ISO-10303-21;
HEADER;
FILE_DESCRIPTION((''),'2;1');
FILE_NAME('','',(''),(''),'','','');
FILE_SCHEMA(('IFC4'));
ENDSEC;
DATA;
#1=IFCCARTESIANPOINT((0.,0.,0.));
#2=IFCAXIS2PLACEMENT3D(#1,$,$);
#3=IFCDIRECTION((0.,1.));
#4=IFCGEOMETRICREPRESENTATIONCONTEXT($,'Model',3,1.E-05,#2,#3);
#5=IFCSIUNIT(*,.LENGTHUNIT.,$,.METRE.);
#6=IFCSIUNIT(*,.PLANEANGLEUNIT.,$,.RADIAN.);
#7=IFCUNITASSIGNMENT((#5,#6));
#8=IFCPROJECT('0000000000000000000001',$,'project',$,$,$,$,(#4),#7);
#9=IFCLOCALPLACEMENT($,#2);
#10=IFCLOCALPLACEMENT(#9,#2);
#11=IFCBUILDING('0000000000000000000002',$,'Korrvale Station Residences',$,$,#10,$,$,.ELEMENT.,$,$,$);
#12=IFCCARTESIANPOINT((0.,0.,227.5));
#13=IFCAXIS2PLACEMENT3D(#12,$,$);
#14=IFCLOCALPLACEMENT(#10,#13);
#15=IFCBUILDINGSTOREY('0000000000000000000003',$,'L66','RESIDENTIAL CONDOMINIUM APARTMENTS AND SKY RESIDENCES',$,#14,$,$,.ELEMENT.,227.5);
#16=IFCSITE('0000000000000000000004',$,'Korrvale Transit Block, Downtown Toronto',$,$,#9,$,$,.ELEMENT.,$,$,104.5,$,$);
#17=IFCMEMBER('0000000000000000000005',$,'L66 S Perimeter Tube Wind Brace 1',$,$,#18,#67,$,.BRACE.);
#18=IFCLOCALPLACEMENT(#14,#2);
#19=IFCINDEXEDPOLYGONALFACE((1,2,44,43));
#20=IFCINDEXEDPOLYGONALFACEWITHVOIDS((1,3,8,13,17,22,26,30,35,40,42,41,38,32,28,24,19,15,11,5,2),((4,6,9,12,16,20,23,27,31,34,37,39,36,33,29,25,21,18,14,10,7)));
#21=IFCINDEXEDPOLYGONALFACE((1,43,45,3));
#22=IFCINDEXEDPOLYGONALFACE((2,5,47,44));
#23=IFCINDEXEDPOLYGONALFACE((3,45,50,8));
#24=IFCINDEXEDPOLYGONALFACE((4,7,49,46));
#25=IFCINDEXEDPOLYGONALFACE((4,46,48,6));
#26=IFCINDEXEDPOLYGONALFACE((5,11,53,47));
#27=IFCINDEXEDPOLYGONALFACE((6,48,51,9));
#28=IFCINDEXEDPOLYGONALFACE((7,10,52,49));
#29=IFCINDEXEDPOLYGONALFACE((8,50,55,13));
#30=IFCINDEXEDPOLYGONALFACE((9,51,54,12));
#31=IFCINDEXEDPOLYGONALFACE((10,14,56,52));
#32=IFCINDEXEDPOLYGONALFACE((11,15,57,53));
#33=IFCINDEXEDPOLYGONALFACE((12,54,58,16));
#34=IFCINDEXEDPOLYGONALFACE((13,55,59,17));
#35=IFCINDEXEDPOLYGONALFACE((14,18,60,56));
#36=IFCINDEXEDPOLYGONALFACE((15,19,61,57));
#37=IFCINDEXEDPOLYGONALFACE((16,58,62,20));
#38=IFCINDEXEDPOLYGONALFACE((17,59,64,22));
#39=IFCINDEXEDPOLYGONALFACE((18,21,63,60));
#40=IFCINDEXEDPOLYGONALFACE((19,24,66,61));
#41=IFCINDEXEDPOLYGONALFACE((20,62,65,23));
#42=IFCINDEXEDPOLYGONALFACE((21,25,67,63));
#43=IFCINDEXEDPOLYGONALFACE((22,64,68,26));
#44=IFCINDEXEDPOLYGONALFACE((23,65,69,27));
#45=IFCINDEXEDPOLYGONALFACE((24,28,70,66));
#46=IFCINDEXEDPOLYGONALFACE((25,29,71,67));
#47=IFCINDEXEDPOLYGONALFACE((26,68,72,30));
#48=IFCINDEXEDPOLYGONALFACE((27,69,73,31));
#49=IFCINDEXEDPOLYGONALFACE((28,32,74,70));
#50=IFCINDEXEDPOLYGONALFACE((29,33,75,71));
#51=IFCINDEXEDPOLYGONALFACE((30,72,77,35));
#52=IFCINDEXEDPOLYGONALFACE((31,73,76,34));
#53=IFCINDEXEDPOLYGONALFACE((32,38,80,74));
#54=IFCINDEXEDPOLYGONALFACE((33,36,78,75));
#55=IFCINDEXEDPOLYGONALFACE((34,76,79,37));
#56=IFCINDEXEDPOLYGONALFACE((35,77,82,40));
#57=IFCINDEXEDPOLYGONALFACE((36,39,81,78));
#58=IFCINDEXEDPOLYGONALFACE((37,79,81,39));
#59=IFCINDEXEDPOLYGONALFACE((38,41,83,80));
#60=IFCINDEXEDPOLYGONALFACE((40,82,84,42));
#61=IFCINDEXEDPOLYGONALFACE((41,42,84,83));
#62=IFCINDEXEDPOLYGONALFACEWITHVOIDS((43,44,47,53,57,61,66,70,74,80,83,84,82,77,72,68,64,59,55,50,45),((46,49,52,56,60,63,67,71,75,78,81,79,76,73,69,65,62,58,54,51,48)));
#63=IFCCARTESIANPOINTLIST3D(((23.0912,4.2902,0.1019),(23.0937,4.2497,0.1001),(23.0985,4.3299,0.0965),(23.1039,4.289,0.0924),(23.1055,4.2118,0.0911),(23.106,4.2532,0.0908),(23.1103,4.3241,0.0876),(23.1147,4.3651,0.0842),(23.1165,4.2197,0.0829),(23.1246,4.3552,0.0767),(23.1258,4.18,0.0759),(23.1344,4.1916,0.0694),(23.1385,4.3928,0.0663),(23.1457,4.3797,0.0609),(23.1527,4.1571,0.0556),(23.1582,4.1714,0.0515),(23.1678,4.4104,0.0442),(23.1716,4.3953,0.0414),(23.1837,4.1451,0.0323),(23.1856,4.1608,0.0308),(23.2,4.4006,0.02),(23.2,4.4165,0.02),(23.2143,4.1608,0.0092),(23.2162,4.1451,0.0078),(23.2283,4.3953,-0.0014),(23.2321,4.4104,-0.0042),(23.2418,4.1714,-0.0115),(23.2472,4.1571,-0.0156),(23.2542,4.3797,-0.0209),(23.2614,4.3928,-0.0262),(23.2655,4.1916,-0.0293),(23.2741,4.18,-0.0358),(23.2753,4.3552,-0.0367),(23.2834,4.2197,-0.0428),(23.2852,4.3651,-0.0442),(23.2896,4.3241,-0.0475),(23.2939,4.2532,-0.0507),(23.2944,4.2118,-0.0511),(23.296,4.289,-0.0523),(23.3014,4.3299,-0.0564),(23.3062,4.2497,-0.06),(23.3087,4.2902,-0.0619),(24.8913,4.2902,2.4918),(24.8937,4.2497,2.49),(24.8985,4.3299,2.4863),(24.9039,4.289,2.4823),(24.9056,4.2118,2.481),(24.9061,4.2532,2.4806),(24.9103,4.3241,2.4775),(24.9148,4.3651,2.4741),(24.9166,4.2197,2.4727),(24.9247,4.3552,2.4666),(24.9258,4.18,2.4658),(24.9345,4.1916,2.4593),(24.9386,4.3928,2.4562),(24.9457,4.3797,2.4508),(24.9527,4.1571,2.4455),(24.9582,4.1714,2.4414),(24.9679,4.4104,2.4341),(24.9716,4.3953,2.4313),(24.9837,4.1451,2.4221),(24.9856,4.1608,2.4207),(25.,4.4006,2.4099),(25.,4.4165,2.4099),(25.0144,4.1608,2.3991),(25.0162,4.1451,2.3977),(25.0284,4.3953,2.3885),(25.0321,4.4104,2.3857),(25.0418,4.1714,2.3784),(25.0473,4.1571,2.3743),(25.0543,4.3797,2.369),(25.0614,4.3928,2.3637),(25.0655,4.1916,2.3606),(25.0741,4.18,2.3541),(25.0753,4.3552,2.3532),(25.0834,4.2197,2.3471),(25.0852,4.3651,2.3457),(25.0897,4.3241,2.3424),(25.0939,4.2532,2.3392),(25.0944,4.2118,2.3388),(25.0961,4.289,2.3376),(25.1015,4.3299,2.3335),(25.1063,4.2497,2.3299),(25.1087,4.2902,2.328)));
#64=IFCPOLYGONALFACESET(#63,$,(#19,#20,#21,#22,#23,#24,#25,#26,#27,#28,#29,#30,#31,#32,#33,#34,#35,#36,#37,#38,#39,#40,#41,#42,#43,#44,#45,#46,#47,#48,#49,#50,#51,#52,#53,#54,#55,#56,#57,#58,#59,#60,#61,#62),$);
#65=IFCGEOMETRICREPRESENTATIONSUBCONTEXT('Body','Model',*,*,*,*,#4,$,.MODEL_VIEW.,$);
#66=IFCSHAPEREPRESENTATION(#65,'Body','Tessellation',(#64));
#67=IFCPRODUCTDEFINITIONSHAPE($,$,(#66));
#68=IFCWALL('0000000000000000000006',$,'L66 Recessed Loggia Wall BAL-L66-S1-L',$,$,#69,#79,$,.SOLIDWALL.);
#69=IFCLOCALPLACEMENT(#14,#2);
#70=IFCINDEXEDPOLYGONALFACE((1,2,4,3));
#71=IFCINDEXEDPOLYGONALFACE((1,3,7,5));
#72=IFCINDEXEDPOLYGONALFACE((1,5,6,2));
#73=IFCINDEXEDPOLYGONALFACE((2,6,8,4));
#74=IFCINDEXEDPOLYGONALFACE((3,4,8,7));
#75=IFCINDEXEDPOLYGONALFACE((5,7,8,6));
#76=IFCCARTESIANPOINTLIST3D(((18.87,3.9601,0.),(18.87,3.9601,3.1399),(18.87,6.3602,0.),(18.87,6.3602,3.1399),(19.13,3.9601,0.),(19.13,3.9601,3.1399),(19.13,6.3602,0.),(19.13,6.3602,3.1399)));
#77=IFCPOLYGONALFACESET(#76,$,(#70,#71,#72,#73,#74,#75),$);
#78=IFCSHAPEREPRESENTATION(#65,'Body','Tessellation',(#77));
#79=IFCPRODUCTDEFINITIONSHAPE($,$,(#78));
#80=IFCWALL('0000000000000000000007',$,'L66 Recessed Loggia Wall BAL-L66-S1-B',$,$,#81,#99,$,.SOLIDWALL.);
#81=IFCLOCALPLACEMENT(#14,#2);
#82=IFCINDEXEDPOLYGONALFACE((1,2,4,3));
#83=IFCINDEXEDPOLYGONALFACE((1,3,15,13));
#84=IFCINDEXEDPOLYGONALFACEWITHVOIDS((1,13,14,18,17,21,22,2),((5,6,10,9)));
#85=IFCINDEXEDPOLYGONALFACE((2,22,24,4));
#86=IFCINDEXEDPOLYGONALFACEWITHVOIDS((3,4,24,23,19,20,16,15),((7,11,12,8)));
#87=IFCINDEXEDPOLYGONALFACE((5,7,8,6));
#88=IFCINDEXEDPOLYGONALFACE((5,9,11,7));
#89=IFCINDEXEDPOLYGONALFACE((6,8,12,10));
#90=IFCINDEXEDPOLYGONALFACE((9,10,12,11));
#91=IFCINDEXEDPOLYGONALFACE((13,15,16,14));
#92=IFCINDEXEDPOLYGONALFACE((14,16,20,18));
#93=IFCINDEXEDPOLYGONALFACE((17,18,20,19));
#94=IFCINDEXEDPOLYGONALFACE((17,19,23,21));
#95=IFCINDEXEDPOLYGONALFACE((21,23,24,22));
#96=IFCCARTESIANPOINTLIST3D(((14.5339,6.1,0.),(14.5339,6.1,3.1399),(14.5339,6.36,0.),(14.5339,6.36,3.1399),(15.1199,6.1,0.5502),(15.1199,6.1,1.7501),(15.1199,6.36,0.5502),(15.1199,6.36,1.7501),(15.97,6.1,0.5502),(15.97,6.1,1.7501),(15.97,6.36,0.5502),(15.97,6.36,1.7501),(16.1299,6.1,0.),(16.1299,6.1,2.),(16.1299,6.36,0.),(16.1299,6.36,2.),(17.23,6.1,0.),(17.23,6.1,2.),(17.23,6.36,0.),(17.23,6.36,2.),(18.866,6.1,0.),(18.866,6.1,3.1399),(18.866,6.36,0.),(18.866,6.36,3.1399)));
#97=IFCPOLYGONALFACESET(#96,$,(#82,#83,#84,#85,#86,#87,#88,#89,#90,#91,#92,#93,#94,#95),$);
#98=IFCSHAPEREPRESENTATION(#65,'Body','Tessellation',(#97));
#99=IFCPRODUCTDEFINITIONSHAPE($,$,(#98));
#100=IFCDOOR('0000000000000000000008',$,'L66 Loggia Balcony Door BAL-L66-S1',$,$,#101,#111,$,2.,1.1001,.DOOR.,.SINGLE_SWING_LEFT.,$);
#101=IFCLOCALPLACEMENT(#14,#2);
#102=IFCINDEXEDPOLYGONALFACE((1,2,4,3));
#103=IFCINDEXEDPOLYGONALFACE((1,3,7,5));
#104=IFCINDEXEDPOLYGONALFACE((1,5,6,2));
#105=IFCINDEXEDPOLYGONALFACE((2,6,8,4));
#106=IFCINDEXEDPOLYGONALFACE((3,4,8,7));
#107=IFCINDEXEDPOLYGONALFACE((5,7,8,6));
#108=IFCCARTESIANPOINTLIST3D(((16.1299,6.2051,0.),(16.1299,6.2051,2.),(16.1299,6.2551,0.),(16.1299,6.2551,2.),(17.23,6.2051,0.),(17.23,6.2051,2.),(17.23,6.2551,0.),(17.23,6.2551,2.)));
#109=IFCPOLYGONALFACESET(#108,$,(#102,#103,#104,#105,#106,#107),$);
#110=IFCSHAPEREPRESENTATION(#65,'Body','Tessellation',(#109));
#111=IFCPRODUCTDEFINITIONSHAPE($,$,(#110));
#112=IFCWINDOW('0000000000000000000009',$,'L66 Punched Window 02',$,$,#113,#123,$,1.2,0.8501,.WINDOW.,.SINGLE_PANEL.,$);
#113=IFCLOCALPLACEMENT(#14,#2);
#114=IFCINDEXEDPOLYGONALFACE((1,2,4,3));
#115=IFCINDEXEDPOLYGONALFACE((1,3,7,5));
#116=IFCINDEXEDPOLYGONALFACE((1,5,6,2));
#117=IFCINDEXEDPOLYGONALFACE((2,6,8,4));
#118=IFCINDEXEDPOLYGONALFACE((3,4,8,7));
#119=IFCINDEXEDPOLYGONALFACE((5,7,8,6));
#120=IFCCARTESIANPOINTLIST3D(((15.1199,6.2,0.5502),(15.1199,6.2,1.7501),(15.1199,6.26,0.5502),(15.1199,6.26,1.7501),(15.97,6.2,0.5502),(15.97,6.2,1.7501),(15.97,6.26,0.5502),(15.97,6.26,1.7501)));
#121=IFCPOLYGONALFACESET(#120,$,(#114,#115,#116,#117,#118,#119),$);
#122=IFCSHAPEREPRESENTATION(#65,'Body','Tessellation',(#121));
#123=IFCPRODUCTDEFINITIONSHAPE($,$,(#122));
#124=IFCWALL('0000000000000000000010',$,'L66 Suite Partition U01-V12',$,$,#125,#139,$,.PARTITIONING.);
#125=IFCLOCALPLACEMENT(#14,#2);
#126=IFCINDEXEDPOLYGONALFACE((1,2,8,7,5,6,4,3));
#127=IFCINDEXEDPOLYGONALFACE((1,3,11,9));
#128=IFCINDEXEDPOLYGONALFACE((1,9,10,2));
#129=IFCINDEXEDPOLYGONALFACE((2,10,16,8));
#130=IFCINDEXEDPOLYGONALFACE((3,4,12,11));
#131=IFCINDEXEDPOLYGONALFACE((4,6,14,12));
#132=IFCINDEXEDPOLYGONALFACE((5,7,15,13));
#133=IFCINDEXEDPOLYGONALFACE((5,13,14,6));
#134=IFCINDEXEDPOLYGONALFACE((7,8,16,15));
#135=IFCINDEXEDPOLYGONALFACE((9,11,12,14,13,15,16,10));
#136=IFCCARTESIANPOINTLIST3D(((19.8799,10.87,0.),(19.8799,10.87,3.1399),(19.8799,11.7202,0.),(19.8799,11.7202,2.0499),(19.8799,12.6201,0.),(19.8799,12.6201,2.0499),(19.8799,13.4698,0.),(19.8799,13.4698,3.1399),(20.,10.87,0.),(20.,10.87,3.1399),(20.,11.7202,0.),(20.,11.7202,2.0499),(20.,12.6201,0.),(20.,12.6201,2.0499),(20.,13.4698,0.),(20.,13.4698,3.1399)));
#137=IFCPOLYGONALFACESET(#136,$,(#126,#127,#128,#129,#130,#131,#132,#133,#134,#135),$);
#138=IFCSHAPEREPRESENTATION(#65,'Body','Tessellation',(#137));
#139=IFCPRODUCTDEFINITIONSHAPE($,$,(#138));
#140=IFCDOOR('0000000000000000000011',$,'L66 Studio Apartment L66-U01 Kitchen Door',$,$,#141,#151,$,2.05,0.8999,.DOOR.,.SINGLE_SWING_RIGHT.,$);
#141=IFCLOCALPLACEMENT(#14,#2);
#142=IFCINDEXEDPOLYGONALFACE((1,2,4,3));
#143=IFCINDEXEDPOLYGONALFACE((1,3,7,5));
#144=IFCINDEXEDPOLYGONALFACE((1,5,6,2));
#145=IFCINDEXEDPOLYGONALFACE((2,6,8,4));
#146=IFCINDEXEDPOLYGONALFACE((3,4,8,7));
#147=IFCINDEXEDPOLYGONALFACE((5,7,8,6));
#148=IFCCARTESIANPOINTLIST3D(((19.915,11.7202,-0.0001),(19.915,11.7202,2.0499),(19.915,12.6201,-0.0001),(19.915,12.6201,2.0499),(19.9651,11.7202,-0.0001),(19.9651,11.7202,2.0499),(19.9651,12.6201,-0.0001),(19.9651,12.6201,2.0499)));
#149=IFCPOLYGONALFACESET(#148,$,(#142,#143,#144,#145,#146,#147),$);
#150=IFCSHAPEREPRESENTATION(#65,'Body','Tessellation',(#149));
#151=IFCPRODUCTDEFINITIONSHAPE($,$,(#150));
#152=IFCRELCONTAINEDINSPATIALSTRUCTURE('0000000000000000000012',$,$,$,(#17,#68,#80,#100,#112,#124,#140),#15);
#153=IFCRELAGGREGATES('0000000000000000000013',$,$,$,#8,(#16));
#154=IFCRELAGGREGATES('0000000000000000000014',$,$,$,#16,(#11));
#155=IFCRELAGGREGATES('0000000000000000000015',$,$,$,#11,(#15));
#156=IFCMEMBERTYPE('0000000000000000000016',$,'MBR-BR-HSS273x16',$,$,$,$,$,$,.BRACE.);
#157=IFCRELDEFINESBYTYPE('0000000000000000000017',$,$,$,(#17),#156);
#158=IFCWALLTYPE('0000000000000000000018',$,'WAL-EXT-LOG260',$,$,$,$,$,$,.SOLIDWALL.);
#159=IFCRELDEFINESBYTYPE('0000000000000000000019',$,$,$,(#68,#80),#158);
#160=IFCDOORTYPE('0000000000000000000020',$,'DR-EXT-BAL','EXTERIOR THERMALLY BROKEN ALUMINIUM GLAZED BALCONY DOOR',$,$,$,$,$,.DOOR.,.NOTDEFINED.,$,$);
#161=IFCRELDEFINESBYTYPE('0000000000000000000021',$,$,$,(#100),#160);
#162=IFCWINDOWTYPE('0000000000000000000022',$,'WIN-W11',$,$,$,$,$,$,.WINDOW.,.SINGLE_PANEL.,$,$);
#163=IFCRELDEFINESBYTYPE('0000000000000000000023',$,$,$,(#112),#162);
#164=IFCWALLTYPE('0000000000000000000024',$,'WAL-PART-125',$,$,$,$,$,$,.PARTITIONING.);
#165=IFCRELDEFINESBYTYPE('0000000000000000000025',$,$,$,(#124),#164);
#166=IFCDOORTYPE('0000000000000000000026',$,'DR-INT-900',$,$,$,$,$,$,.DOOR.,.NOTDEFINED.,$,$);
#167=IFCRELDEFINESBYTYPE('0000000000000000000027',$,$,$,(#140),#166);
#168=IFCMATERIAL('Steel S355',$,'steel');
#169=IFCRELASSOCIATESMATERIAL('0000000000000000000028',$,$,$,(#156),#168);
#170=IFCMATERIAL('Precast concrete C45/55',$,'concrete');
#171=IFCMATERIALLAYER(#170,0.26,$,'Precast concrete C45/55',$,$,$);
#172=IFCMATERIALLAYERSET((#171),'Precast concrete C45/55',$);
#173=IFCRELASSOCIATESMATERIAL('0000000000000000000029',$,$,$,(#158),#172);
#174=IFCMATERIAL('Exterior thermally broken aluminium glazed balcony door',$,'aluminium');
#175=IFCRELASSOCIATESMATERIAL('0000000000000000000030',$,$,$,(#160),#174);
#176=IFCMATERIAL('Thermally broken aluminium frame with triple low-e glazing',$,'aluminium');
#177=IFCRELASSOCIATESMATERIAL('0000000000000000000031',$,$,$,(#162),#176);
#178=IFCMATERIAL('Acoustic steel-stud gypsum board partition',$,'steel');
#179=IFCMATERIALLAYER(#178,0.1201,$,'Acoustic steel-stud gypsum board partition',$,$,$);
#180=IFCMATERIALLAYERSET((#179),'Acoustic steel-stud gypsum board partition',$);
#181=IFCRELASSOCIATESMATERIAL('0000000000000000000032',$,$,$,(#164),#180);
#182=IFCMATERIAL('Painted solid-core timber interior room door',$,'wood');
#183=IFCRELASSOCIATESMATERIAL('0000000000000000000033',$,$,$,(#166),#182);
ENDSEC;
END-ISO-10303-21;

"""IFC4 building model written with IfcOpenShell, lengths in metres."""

from ifc_helpers import new_model, si_unit, direction, frame, frame_2d, origin, origin_2d, place, context, subcontext, project, spatial, rectangle, hollow_circle, extrude, material, layer, layer_set, material_profile, profile_set, type_object, element, fill, save


model = new_model("IFC4")

# Units and contexts
model_context = context("Model", 3, precision=1e-05, world=origin(), true_north=direction((0.0, 1.0)))
body_context = subcontext(model_context, "Body", "Model", "MODEL_VIEW")
ifc_project = project(units=[si_unit("LENGTHUNIT", "METRE"), si_unit("PLANEANGLEUNIT", "RADIAN")], contexts=[model_context])

# Site, building, storey
site_placement = place(None, origin())
site = spatial("IfcSite", under=ifc_project, at=site_placement, Name="Korrvale Transit Block, Downtown Toronto", CompositionType="ELEMENT", RefElevation=104.5)
building_placement = place(site_placement, origin())
building = spatial("IfcBuilding", under=site, at=building_placement, Name="Korrvale Station Residences", CompositionType="ELEMENT")
storey_placement = place(building_placement, frame((0.0, 0.0, 227.5)))
storey = spatial("IfcBuildingStorey", under=building, at=storey_placement, Name="L66", Description="RESIDENTIAL CONDOMINIUM APARTMENTS AND SKY RESIDENCES", CompositionType="ELEMENT", Elevation=227.5)

# Shared definitions
ifc_material_1 = material(Name="Steel S355", Category="steel")

# Member
ifc_material_profile_1 = material_profile(ifc_material_1, hollow_circle(Radius=0.1365, WallThickness=0.0159, at=origin_2d()), Name="HSS273x16")
ifc_profile_set_1 = profile_set([ifc_material_profile_1], Name="Steel S355")
member_type = type_object("IfcMemberType", Name="MBR-BR-HSS273x16", PredefinedType="BRACE", material=ifc_profile_set_1)
member_placement = place(storey_placement, frame((23.2, 4.28, 0.02), z_axis=(0.601631, 0.0, 0.798774), x_axis=(0.0, 1.0, 0.0)))
element("IfcMember", 1, at=member_placement, inside=storey, type_object=member_type, Name="L66 S Perimeter Tube Wind Brace 1", PredefinedType="BRACE", context=body_context, shape_type="SweptSolid", body=[
    extrude(hollow_circle(Radius=0.1365, WallThickness=0.0159, at=origin_2d()), origin(), (0.0, 0.0, 1.0), 2.9919),
])

# Wall
ifc_material_2 = material(Name="Precast concrete C45/55", Category="concrete")
ifc_layer_1 = layer(ifc_material_2, 0.26, Name="Precast concrete C45/55")
ifc_layer_set_1 = layer_set([ifc_layer_1], Name="Precast concrete C45/55")
wall_type_1 = type_object("IfcWallType", Name="WAL-EXT-LOG260", PredefinedType="SOLIDWALL", material=ifc_layer_set_1)
wall_1_placement = place(storey_placement, frame((19.0, 3.96, 0.0), z_axis=(0.0, 0.0, 1.0), x_axis=(0.0, 1.0, 0.0)))
element("IfcWall", 2, at=wall_1_placement, inside=storey, type_object=wall_type_1, Name="L66 Recessed Loggia Wall BAL-L66-S1-L", PredefinedType="SOLIDWALL", context=body_context, shape_type="SweptSolid", body=[
    extrude(rectangle(XDim=2.4001, YDim=0.26, at=frame_2d((1.2002, 0.0))), origin(), (0.0, 0.0, 1.0), 3.1399),
])

# Wall, openings, door, window
wall_2_placement = place(storey_placement, frame((18.866, 6.23, 0.0), z_axis=(0.0, 0.0, 1.0), x_axis=(-1.0, 0.0, 0.0)))
wall_2 = element("IfcWall", 3, at=wall_2_placement, inside=storey, type_object=wall_type_1, Name="L66 Recessed Loggia Wall BAL-L66-S1-B", PredefinedType="SOLIDWALL", context=body_context, shape_type="SweptSolid", body=[
    extrude(rectangle(XDim=4.332, YDim=0.26, at=frame_2d((2.166, 0.0))), origin(), (0.0, 0.0, 1.0), 3.1399),
])
opening_1_placement = place(wall_2_placement, frame((1.636, 0.0, 0.0)))
opening_1 = element("IfcOpeningElement", 4, at=opening_1_placement, cuts=wall_2, PredefinedType="OPENING", context=body_context, shape_type="SweptSolid", body=[
    extrude(rectangle(XDim=1.1001, YDim=2.0, at=frame_2d((0.55, 1.0))), frame((0.0, 0.1401, 0.0), z_axis=(0.0, -1.0, 0.0), x_axis=(1.0, 0.0, 0.0)), (0.0, 0.0, 1.0), 0.28),
])
opening_2_placement = place(wall_2_placement, frame((2.896, 0.0, 0.55)))
opening_2 = element("IfcOpeningElement", 5, at=opening_2_placement, cuts=wall_2, PredefinedType="OPENING", context=body_context, shape_type="SweptSolid", body=[
    extrude(rectangle(XDim=0.8501, YDim=1.2, at=frame_2d((0.425, 0.6001))), frame((0.0, 0.1401, 0.0), z_axis=(0.0, -1.0, 0.0), x_axis=(1.0, 0.0, 0.0)), (0.0, 0.0, 1.0), 0.28),
])
ifc_material_3 = material(Name="Exterior thermally broken aluminium glazed balcony door", Category="aluminium")
door_type_1 = type_object("IfcDoorType", Name="DR-EXT-BAL", Description="EXTERIOR THERMALLY BROKEN ALUMINIUM GLAZED BALCONY DOOR", OperationType="NOTDEFINED", PredefinedType="DOOR", material=ifc_material_3)
door_1_placement = place(opening_1_placement, origin())
door_1 = element("IfcDoor", 6, at=door_1_placement, inside=storey, type_object=door_type_1, Name="L66 Loggia Balcony Door BAL-L66-S1", OperationType="SINGLE_SWING_LEFT", OverallHeight=2.0, OverallWidth=1.1001, PredefinedType="DOOR", context=body_context, shape_type="SweptSolid", body=[
    extrude(rectangle(XDim=1.1001, YDim=2.0, at=frame_2d((0.55, 1.0))), frame((0.0, 0.0249, 0.0), z_axis=(0.0, -1.0, 0.0), x_axis=(1.0, 0.0, 0.0)), (0.0, 0.0, 1.0), 0.05),
])
fill(opening_1, door_1)
ifc_material_4 = material(Name="Thermally broken aluminium frame with triple low-e glazing", Category="aluminium")
window_type = type_object("IfcWindowType", Name="WIN-W11", PartitioningType="SINGLE_PANEL", PredefinedType="WINDOW", material=ifc_material_4)
window_placement = place(opening_2_placement, origin())
window = element("IfcWindow", 7, at=window_placement, inside=storey, type_object=window_type, Name="L66 Punched Window 02", OverallHeight=1.2, OverallWidth=0.8501, PartitioningType="SINGLE_PANEL", PredefinedType="WINDOW", context=body_context, shape_type="SweptSolid", body=[
    extrude(rectangle(XDim=0.8501, YDim=1.2, at=frame_2d((0.425, 0.6001))), frame((0.0, 0.03, 0.0), z_axis=(0.0, -1.0, 0.0), x_axis=(1.0, 0.0, 0.0)), (0.0, 0.0, 1.0), 0.0601),
])
fill(opening_2, window)

# Wall, opening, door
ifc_material_5 = material(Name="Acoustic steel-stud gypsum board partition", Category="steel")
ifc_layer_2 = layer(ifc_material_5, 0.1201, Name="Acoustic steel-stud gypsum board partition")
ifc_layer_set_2 = layer_set([ifc_layer_2], Name="Acoustic steel-stud gypsum board partition")
wall_type_2 = type_object("IfcWallType", Name="WAL-PART-125", PredefinedType="PARTITIONING", material=ifc_layer_set_2)
wall_3_placement = place(storey_placement, frame((19.9399, 10.8701, 0.0), z_axis=(0.0, 0.0, 1.0), x_axis=(0.0, 1.0, 0.0)))
wall_3 = element("IfcWall", 8, at=wall_3_placement, inside=storey, type_object=wall_type_2, Name="L66 Suite Partition U01-V12", PredefinedType="PARTITIONING", context=body_context, shape_type="SweptSolid", body=[
    extrude(rectangle(XDim=2.5999, YDim=0.1201, at=frame_2d((1.2998, 0.0))), origin(), (0.0, 0.0, 1.0), 3.1399),
])
opening_3_placement = place(wall_3_placement, frame((0.8501, 0.0, 0.0)))
opening_3 = element("IfcOpeningElement", 9, at=opening_3_placement, cuts=wall_3, PredefinedType="OPENING", context=body_context, shape_type="SweptSolid", body=[
    extrude(rectangle(XDim=0.8999, YDim=2.05, at=frame_2d((0.45, 1.0249))), frame((0.0, 0.0701, 0.0), z_axis=(0.0, -1.0, 0.0), x_axis=(1.0, 0.0, 0.0)), (0.0, 0.0, 1.0), 0.1401),
])
ifc_material_6 = material(Name="Painted solid-core timber interior room door", Category="wood")
door_type_2 = type_object("IfcDoorType", Name="DR-INT-900", OperationType="NOTDEFINED", PredefinedType="DOOR", material=ifc_material_6)
door_2_placement = place(opening_3_placement, origin())
door_2 = element("IfcDoor", 10, at=door_2_placement, inside=storey, type_object=door_type_2, Name="L66 Studio Apartment L66-U01 Kitchen Door", OperationType="SINGLE_SWING_RIGHT", OverallHeight=2.05, OverallWidth=0.8999, PredefinedType="DOOR", context=body_context, shape_type="SweptSolid", body=[
    extrude(rectangle(XDim=0.8999, YDim=2.05, at=frame_2d((0.45, 1.0249))), frame((0.0, 0.0249, 0.0), z_axis=(0.0, -1.0, 0.0), x_axis=(1.0, 0.0, 0.0)), (0.0, 0.0, 1.0), 0.05),
])
fill(opening_3, door_2)

save(model, "model.ifc")
